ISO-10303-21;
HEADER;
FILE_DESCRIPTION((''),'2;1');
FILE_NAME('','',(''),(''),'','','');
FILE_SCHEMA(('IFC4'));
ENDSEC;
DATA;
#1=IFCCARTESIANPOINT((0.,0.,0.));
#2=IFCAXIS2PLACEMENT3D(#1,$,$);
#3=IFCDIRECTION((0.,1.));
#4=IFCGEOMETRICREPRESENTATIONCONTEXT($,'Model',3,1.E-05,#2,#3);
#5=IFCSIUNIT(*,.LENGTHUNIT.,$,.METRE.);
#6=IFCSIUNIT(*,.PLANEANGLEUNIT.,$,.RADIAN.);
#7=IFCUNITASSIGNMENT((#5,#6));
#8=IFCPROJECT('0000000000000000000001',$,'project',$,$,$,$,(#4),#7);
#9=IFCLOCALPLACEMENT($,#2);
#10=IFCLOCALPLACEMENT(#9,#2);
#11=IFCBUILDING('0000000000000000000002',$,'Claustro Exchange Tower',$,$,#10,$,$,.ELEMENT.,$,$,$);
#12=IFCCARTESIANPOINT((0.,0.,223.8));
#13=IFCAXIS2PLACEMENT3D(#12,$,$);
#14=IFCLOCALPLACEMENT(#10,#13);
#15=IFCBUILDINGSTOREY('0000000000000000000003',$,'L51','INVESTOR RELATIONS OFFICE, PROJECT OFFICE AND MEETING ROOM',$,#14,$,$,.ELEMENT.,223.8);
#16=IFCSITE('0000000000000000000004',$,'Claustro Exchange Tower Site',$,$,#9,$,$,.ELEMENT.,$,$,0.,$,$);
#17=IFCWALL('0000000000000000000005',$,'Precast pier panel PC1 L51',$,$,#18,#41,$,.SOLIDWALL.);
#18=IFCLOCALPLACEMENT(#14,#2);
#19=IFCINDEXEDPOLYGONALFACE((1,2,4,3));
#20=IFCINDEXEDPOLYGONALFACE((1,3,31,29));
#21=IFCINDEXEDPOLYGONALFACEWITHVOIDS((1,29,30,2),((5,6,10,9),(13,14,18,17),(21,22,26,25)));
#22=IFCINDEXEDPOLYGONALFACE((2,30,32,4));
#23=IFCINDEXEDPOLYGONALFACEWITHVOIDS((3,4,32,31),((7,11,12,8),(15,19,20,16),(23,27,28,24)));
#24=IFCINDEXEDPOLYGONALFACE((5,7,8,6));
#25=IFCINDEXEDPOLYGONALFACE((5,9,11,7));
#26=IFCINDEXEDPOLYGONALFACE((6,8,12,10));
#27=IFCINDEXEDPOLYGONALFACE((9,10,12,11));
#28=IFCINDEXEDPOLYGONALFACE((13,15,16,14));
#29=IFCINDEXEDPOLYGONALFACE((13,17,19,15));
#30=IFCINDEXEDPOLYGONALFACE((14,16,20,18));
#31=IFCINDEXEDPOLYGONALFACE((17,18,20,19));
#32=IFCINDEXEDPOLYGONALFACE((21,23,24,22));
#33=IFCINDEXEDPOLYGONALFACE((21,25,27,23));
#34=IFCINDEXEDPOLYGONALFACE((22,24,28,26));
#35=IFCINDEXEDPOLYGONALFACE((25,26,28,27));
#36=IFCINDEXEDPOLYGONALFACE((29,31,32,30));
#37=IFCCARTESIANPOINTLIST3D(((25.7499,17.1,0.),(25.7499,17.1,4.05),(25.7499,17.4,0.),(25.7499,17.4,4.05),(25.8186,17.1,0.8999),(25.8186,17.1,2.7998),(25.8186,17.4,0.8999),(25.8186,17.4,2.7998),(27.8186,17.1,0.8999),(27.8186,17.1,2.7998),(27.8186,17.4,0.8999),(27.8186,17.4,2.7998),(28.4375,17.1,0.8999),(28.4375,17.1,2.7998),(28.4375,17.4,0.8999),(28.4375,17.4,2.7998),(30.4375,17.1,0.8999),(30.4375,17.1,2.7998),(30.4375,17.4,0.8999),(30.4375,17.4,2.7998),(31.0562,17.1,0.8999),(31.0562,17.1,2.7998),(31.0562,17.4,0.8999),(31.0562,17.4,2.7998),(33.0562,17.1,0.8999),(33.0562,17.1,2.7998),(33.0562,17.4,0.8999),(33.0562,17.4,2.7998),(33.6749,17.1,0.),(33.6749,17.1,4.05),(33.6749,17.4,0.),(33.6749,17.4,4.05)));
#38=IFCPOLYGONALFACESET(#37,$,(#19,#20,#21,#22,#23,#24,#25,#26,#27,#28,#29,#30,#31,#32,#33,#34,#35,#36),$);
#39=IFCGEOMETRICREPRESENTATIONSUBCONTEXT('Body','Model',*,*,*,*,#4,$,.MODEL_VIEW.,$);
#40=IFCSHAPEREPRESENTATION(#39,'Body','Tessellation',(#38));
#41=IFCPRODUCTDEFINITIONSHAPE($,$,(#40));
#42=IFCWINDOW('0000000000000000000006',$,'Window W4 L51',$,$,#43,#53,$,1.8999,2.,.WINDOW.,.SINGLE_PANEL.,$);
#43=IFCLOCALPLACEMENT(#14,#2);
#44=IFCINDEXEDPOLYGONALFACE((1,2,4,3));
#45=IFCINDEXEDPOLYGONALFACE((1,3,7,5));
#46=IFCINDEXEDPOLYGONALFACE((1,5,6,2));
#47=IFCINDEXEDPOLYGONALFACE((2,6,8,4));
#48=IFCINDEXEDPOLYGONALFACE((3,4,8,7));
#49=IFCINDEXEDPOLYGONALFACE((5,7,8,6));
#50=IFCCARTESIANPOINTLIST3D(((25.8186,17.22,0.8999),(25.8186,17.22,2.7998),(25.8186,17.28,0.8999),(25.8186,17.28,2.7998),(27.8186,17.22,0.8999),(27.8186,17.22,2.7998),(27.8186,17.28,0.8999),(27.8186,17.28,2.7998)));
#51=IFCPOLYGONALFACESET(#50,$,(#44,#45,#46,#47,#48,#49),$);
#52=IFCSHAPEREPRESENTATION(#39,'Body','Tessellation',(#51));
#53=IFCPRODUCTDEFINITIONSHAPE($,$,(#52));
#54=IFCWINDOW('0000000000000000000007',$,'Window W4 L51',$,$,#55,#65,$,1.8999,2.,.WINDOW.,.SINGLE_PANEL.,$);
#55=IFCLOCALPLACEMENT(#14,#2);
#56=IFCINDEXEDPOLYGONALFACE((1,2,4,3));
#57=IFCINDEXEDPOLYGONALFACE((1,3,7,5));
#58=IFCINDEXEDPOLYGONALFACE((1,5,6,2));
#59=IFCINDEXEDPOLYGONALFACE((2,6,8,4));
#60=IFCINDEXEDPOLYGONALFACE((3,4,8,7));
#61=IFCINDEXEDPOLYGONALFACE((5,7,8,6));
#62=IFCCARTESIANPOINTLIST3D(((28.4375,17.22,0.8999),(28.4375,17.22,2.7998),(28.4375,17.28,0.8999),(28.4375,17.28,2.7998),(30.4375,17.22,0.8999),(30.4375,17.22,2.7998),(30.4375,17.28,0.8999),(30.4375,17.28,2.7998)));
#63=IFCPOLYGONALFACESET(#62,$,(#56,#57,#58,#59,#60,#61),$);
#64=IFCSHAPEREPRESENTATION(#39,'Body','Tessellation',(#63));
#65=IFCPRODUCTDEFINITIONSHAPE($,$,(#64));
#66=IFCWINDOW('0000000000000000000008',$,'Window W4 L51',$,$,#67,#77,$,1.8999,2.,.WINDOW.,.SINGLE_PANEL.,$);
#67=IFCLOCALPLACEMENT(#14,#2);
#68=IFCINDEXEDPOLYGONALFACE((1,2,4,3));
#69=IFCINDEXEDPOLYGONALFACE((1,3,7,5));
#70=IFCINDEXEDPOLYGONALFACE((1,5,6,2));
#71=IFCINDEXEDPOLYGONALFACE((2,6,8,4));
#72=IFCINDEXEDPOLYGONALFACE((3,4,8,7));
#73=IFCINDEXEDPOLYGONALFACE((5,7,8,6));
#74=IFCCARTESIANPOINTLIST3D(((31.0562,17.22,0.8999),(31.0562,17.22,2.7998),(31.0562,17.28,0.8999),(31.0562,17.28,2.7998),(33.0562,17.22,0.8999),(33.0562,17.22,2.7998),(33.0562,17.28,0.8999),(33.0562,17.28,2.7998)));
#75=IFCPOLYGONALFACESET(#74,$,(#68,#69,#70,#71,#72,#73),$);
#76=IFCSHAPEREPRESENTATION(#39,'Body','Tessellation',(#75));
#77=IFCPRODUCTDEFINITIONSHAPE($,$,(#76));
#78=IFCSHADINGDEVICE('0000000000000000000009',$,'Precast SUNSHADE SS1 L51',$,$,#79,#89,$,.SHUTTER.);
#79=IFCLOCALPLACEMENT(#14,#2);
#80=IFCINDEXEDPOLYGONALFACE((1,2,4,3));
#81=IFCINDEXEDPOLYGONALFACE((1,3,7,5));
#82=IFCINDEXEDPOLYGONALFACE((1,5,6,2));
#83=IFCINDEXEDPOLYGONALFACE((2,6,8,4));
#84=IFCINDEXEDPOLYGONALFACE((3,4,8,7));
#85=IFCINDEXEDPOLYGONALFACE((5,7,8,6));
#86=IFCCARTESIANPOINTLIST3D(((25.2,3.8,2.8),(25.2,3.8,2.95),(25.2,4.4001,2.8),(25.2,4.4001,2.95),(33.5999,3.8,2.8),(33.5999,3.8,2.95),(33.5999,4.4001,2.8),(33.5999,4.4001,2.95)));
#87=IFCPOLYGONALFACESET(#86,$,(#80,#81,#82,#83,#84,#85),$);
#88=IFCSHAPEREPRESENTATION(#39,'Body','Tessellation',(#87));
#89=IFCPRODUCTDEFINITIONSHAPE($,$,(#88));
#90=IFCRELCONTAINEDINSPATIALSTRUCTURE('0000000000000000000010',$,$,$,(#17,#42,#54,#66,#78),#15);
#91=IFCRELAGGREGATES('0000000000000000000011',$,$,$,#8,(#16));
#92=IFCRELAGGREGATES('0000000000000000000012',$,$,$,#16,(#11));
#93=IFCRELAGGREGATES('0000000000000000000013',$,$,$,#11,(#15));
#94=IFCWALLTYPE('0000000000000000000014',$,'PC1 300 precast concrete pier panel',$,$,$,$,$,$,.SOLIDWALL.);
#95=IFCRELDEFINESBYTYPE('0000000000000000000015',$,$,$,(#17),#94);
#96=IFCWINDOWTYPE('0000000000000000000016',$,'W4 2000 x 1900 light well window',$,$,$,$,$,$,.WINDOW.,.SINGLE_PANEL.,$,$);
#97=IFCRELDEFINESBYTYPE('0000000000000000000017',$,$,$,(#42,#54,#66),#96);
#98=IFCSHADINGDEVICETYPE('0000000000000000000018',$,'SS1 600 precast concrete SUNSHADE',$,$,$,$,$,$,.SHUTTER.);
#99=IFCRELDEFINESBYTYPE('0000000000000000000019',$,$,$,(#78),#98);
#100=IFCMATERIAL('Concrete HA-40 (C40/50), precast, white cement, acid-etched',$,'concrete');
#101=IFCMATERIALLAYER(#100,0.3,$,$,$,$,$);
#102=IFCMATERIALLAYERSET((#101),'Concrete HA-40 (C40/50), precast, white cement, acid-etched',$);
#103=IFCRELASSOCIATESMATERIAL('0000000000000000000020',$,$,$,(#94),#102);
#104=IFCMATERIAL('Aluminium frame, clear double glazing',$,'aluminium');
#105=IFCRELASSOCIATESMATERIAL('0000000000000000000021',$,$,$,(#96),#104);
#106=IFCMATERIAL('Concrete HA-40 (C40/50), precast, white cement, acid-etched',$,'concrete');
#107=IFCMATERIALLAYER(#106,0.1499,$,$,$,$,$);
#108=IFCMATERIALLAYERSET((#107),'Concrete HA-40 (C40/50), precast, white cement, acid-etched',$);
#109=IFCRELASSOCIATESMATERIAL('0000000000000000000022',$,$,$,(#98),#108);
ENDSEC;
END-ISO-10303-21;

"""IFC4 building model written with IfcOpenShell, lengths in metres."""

from ifc_helpers import new_model, si_unit, direction, frame, frame_2d, origin, origin_2d, place, context, subcontext, project, spatial, rectangle, extrude, material, layer, layer_set, type_object, element, fill, save


model = new_model("IFC4")

# Units and contexts
model_context = context("Model", 3, precision=1e-05, world=origin(), true_north=direction((0.0, 1.0)))
body_context = subcontext(model_context, "Body", "Model", "MODEL_VIEW")
ifc_project = project(units=[si_unit("LENGTHUNIT", "METRE"), si_unit("PLANEANGLEUNIT", "RADIAN")], contexts=[model_context])

# Site, building, storey
site_placement = place(None, origin())
site = spatial("IfcSite", under=ifc_project, at=site_placement, Name="Claustro Exchange Tower Site", CompositionType="ELEMENT", RefElevation=0.0)
building_placement = place(site_placement, origin())
building = spatial("IfcBuilding", under=site, at=building_placement, Name="Claustro Exchange Tower", CompositionType="ELEMENT")
storey_placement = place(building_placement, frame((0.0, 0.0, 223.8)))
storey = spatial("IfcBuildingStorey", under=building, at=storey_placement, Name="L51", Description="INVESTOR RELATIONS OFFICE, PROJECT OFFICE AND MEETING ROOM", CompositionType="ELEMENT", Elevation=223.8)

# Wall, openings, windows
ifc_material_1 = material(Name="Concrete HA-40 (C40/50), precast, white cement, acid-etched", Category="concrete")
ifc_layer_1 = layer(ifc_material_1, 0.3)
ifc_layer_set_1 = layer_set([ifc_layer_1], Name="Concrete HA-40 (C40/50), precast, white cement, acid-etched")
wall_type_1 = type_object("IfcWallType", Name="PC1 300 precast concrete pier panel", PredefinedType="SOLIDWALL", material=ifc_layer_set_1)
ifc_material_2 = material(Name="Aluminium frame, clear double glazing", Category="aluminium")
window_type_1 = type_object("IfcWindowType", Name="W4 2000 x 1900 light well window", PartitioningType="SINGLE_PANEL", PredefinedType="WINDOW", material=ifc_material_2)
wall_1_placement = place(storey_placement, frame((25.75, 17.25, 0.0), z_axis=(0.0, 0.0, 1.0), x_axis=(1.0, 0.0, 0.0)))
wall_1 = element("IfcWall", 1, at=wall_1_placement, inside=storey, type_object=wall_type_1, Name="Precast pier panel PC1 L51", PredefinedType="SOLIDWALL", context=body_context, shape_type="SweptSolid", body=[
    extrude(rectangle(XDim=7.925, YDim=0.3, at=frame_2d((3.9624, 0.0))), origin(), (0.0, 0.0, 1.0), 4.05),
])
opening_1_placement = place(wall_1_placement, frame((0.0686, 0.0, 0.8999)))
opening_1 = element("IfcOpeningElement", 2, at=opening_1_placement, cuts=wall_1, PredefinedType="OPENING", context=body_context, shape_type="SweptSolid", body=[
    extrude(rectangle(XDim=2.0, YDim=1.8999, at=frame_2d((1.0, 0.95))), frame((0.0, 0.1599, 0.0), z_axis=(0.0, -1.0, 0.0), x_axis=(1.0, 0.0, 0.0)), (0.0, 0.0, 1.0), 0.3201),
])
opening_2_placement = place(wall_1_placement, frame((2.6875, 0.0, 0.8999)))
opening_2 = element("IfcOpeningElement", 3, at=opening_2_placement, cuts=wall_1, PredefinedType="OPENING", context=body_context, shape_type="SweptSolid", body=[
    extrude(rectangle(XDim=2.0, YDim=1.8999, at=frame_2d((1.0, 0.95))), frame((0.0, 0.1599, 0.0), z_axis=(0.0, -1.0, 0.0), x_axis=(1.0, 0.0, 0.0)), (0.0, 0.0, 1.0), 0.3201),
])
opening_3_placement = place(wall_1_placement, frame((5.3062, 0.0, 0.8999)))
opening_3 = element("IfcOpeningElement", 4, at=opening_3_placement, cuts=wall_1, PredefinedType="OPENING", context=body_context, shape_type="SweptSolid", body=[
    extrude(rectangle(XDim=2.0, YDim=1.8999, at=frame_2d((1.0, 0.95))), frame((0.0, 0.1599, 0.0), z_axis=(0.0, -1.0, 0.0), x_axis=(1.0, 0.0, 0.0)), (0.0, 0.0, 1.0), 0.3201),
])
window_1_placement = place(opening_1_placement, origin())
window_1 = element("IfcWindow", 5, at=window_1_placement, inside=storey, type_object=window_type_1, Name="Window W4 L51", OverallHeight=1.8999, OverallWidth=2.0, PartitioningType="SINGLE_PANEL", PredefinedType="WINDOW", context=body_context, shape_type="SweptSolid", body=[
    extrude(rectangle(XDim=2.0, YDim=1.8999, at=frame_2d((1.0, 0.95))), frame((0.0, 0.03, 0.0), z_axis=(0.0, -1.0, 0.0), x_axis=(1.0, 0.0, 0.0)), (0.0, 0.0, 1.0), 0.0601),
])
fill(opening_1, window_1)
window_2_placement = place(opening_2_placement, origin())
window_2 = element("IfcWindow", 6, at=window_2_placement, inside=storey, type_object=window_type_1, Name="Window W4 L51", OverallHeight=1.8999, OverallWidth=2.0, PartitioningType="SINGLE_PANEL", PredefinedType="WINDOW", context=body_context, shape_type="SweptSolid", body=[
    extrude(rectangle(XDim=2.0, YDim=1.8999, at=frame_2d((1.0, 0.95))), frame((0.0, 0.03, 0.0), z_axis=(0.0, -1.0, 0.0), x_axis=(1.0, 0.0, 0.0)), (0.0, 0.0, 1.0), 0.0601),
])
fill(opening_2, window_2)
window_3_placement = place(opening_3_placement, origin())
window_3 = element("IfcWindow", 7, at=window_3_placement, inside=storey, type_object=window_type_1, Name="Window W4 L51", OverallHeight=1.8999, OverallWidth=2.0, PartitioningType="SINGLE_PANEL", PredefinedType="WINDOW", context=body_context, shape_type="SweptSolid", body=[
    extrude(rectangle(XDim=2.0, YDim=1.8999, at=frame_2d((1.0, 0.95))), frame((0.0, 0.03, 0.0), z_axis=(0.0, -1.0, 0.0), x_axis=(1.0, 0.0, 0.0)), (0.0, 0.0, 1.0), 0.0601),
])
fill(opening_3, window_3)

# Shading device
ifc_material_3 = material(Name="Concrete HA-40 (C40/50), precast, white cement, acid-etched", Category="concrete")
ifc_layer_2 = layer(ifc_material_3, 0.1499)
ifc_layer_set_2 = layer_set([ifc_layer_2], Name="Concrete HA-40 (C40/50), precast, white cement, acid-etched")
shading_device_type = type_object("IfcShadingDeviceType", Name="SS1 600 precast concrete SUNSHADE", PredefinedType="SHUTTER", material=ifc_layer_set_2)
shading_device_placement = place(storey_placement, frame((29.3999, 4.1001, 2.8), z_axis=(0.0, 0.0, 1.0), x_axis=(-1.0, 0.0, 0.0)))
element("IfcShadingDevice", 8, at=shading_device_placement, inside=storey, type_object=shading_device_type, Name="Precast SUNSHADE SS1 L51", PredefinedType="SHUTTER", context=body_context, shape_type="SweptSolid", body=[
    extrude(rectangle(XDim=8.3999, YDim=0.6001, at=origin_2d()), origin(), (0.0, 0.0, 1.0), 0.1499),
])

save(model, "model.ifc")
